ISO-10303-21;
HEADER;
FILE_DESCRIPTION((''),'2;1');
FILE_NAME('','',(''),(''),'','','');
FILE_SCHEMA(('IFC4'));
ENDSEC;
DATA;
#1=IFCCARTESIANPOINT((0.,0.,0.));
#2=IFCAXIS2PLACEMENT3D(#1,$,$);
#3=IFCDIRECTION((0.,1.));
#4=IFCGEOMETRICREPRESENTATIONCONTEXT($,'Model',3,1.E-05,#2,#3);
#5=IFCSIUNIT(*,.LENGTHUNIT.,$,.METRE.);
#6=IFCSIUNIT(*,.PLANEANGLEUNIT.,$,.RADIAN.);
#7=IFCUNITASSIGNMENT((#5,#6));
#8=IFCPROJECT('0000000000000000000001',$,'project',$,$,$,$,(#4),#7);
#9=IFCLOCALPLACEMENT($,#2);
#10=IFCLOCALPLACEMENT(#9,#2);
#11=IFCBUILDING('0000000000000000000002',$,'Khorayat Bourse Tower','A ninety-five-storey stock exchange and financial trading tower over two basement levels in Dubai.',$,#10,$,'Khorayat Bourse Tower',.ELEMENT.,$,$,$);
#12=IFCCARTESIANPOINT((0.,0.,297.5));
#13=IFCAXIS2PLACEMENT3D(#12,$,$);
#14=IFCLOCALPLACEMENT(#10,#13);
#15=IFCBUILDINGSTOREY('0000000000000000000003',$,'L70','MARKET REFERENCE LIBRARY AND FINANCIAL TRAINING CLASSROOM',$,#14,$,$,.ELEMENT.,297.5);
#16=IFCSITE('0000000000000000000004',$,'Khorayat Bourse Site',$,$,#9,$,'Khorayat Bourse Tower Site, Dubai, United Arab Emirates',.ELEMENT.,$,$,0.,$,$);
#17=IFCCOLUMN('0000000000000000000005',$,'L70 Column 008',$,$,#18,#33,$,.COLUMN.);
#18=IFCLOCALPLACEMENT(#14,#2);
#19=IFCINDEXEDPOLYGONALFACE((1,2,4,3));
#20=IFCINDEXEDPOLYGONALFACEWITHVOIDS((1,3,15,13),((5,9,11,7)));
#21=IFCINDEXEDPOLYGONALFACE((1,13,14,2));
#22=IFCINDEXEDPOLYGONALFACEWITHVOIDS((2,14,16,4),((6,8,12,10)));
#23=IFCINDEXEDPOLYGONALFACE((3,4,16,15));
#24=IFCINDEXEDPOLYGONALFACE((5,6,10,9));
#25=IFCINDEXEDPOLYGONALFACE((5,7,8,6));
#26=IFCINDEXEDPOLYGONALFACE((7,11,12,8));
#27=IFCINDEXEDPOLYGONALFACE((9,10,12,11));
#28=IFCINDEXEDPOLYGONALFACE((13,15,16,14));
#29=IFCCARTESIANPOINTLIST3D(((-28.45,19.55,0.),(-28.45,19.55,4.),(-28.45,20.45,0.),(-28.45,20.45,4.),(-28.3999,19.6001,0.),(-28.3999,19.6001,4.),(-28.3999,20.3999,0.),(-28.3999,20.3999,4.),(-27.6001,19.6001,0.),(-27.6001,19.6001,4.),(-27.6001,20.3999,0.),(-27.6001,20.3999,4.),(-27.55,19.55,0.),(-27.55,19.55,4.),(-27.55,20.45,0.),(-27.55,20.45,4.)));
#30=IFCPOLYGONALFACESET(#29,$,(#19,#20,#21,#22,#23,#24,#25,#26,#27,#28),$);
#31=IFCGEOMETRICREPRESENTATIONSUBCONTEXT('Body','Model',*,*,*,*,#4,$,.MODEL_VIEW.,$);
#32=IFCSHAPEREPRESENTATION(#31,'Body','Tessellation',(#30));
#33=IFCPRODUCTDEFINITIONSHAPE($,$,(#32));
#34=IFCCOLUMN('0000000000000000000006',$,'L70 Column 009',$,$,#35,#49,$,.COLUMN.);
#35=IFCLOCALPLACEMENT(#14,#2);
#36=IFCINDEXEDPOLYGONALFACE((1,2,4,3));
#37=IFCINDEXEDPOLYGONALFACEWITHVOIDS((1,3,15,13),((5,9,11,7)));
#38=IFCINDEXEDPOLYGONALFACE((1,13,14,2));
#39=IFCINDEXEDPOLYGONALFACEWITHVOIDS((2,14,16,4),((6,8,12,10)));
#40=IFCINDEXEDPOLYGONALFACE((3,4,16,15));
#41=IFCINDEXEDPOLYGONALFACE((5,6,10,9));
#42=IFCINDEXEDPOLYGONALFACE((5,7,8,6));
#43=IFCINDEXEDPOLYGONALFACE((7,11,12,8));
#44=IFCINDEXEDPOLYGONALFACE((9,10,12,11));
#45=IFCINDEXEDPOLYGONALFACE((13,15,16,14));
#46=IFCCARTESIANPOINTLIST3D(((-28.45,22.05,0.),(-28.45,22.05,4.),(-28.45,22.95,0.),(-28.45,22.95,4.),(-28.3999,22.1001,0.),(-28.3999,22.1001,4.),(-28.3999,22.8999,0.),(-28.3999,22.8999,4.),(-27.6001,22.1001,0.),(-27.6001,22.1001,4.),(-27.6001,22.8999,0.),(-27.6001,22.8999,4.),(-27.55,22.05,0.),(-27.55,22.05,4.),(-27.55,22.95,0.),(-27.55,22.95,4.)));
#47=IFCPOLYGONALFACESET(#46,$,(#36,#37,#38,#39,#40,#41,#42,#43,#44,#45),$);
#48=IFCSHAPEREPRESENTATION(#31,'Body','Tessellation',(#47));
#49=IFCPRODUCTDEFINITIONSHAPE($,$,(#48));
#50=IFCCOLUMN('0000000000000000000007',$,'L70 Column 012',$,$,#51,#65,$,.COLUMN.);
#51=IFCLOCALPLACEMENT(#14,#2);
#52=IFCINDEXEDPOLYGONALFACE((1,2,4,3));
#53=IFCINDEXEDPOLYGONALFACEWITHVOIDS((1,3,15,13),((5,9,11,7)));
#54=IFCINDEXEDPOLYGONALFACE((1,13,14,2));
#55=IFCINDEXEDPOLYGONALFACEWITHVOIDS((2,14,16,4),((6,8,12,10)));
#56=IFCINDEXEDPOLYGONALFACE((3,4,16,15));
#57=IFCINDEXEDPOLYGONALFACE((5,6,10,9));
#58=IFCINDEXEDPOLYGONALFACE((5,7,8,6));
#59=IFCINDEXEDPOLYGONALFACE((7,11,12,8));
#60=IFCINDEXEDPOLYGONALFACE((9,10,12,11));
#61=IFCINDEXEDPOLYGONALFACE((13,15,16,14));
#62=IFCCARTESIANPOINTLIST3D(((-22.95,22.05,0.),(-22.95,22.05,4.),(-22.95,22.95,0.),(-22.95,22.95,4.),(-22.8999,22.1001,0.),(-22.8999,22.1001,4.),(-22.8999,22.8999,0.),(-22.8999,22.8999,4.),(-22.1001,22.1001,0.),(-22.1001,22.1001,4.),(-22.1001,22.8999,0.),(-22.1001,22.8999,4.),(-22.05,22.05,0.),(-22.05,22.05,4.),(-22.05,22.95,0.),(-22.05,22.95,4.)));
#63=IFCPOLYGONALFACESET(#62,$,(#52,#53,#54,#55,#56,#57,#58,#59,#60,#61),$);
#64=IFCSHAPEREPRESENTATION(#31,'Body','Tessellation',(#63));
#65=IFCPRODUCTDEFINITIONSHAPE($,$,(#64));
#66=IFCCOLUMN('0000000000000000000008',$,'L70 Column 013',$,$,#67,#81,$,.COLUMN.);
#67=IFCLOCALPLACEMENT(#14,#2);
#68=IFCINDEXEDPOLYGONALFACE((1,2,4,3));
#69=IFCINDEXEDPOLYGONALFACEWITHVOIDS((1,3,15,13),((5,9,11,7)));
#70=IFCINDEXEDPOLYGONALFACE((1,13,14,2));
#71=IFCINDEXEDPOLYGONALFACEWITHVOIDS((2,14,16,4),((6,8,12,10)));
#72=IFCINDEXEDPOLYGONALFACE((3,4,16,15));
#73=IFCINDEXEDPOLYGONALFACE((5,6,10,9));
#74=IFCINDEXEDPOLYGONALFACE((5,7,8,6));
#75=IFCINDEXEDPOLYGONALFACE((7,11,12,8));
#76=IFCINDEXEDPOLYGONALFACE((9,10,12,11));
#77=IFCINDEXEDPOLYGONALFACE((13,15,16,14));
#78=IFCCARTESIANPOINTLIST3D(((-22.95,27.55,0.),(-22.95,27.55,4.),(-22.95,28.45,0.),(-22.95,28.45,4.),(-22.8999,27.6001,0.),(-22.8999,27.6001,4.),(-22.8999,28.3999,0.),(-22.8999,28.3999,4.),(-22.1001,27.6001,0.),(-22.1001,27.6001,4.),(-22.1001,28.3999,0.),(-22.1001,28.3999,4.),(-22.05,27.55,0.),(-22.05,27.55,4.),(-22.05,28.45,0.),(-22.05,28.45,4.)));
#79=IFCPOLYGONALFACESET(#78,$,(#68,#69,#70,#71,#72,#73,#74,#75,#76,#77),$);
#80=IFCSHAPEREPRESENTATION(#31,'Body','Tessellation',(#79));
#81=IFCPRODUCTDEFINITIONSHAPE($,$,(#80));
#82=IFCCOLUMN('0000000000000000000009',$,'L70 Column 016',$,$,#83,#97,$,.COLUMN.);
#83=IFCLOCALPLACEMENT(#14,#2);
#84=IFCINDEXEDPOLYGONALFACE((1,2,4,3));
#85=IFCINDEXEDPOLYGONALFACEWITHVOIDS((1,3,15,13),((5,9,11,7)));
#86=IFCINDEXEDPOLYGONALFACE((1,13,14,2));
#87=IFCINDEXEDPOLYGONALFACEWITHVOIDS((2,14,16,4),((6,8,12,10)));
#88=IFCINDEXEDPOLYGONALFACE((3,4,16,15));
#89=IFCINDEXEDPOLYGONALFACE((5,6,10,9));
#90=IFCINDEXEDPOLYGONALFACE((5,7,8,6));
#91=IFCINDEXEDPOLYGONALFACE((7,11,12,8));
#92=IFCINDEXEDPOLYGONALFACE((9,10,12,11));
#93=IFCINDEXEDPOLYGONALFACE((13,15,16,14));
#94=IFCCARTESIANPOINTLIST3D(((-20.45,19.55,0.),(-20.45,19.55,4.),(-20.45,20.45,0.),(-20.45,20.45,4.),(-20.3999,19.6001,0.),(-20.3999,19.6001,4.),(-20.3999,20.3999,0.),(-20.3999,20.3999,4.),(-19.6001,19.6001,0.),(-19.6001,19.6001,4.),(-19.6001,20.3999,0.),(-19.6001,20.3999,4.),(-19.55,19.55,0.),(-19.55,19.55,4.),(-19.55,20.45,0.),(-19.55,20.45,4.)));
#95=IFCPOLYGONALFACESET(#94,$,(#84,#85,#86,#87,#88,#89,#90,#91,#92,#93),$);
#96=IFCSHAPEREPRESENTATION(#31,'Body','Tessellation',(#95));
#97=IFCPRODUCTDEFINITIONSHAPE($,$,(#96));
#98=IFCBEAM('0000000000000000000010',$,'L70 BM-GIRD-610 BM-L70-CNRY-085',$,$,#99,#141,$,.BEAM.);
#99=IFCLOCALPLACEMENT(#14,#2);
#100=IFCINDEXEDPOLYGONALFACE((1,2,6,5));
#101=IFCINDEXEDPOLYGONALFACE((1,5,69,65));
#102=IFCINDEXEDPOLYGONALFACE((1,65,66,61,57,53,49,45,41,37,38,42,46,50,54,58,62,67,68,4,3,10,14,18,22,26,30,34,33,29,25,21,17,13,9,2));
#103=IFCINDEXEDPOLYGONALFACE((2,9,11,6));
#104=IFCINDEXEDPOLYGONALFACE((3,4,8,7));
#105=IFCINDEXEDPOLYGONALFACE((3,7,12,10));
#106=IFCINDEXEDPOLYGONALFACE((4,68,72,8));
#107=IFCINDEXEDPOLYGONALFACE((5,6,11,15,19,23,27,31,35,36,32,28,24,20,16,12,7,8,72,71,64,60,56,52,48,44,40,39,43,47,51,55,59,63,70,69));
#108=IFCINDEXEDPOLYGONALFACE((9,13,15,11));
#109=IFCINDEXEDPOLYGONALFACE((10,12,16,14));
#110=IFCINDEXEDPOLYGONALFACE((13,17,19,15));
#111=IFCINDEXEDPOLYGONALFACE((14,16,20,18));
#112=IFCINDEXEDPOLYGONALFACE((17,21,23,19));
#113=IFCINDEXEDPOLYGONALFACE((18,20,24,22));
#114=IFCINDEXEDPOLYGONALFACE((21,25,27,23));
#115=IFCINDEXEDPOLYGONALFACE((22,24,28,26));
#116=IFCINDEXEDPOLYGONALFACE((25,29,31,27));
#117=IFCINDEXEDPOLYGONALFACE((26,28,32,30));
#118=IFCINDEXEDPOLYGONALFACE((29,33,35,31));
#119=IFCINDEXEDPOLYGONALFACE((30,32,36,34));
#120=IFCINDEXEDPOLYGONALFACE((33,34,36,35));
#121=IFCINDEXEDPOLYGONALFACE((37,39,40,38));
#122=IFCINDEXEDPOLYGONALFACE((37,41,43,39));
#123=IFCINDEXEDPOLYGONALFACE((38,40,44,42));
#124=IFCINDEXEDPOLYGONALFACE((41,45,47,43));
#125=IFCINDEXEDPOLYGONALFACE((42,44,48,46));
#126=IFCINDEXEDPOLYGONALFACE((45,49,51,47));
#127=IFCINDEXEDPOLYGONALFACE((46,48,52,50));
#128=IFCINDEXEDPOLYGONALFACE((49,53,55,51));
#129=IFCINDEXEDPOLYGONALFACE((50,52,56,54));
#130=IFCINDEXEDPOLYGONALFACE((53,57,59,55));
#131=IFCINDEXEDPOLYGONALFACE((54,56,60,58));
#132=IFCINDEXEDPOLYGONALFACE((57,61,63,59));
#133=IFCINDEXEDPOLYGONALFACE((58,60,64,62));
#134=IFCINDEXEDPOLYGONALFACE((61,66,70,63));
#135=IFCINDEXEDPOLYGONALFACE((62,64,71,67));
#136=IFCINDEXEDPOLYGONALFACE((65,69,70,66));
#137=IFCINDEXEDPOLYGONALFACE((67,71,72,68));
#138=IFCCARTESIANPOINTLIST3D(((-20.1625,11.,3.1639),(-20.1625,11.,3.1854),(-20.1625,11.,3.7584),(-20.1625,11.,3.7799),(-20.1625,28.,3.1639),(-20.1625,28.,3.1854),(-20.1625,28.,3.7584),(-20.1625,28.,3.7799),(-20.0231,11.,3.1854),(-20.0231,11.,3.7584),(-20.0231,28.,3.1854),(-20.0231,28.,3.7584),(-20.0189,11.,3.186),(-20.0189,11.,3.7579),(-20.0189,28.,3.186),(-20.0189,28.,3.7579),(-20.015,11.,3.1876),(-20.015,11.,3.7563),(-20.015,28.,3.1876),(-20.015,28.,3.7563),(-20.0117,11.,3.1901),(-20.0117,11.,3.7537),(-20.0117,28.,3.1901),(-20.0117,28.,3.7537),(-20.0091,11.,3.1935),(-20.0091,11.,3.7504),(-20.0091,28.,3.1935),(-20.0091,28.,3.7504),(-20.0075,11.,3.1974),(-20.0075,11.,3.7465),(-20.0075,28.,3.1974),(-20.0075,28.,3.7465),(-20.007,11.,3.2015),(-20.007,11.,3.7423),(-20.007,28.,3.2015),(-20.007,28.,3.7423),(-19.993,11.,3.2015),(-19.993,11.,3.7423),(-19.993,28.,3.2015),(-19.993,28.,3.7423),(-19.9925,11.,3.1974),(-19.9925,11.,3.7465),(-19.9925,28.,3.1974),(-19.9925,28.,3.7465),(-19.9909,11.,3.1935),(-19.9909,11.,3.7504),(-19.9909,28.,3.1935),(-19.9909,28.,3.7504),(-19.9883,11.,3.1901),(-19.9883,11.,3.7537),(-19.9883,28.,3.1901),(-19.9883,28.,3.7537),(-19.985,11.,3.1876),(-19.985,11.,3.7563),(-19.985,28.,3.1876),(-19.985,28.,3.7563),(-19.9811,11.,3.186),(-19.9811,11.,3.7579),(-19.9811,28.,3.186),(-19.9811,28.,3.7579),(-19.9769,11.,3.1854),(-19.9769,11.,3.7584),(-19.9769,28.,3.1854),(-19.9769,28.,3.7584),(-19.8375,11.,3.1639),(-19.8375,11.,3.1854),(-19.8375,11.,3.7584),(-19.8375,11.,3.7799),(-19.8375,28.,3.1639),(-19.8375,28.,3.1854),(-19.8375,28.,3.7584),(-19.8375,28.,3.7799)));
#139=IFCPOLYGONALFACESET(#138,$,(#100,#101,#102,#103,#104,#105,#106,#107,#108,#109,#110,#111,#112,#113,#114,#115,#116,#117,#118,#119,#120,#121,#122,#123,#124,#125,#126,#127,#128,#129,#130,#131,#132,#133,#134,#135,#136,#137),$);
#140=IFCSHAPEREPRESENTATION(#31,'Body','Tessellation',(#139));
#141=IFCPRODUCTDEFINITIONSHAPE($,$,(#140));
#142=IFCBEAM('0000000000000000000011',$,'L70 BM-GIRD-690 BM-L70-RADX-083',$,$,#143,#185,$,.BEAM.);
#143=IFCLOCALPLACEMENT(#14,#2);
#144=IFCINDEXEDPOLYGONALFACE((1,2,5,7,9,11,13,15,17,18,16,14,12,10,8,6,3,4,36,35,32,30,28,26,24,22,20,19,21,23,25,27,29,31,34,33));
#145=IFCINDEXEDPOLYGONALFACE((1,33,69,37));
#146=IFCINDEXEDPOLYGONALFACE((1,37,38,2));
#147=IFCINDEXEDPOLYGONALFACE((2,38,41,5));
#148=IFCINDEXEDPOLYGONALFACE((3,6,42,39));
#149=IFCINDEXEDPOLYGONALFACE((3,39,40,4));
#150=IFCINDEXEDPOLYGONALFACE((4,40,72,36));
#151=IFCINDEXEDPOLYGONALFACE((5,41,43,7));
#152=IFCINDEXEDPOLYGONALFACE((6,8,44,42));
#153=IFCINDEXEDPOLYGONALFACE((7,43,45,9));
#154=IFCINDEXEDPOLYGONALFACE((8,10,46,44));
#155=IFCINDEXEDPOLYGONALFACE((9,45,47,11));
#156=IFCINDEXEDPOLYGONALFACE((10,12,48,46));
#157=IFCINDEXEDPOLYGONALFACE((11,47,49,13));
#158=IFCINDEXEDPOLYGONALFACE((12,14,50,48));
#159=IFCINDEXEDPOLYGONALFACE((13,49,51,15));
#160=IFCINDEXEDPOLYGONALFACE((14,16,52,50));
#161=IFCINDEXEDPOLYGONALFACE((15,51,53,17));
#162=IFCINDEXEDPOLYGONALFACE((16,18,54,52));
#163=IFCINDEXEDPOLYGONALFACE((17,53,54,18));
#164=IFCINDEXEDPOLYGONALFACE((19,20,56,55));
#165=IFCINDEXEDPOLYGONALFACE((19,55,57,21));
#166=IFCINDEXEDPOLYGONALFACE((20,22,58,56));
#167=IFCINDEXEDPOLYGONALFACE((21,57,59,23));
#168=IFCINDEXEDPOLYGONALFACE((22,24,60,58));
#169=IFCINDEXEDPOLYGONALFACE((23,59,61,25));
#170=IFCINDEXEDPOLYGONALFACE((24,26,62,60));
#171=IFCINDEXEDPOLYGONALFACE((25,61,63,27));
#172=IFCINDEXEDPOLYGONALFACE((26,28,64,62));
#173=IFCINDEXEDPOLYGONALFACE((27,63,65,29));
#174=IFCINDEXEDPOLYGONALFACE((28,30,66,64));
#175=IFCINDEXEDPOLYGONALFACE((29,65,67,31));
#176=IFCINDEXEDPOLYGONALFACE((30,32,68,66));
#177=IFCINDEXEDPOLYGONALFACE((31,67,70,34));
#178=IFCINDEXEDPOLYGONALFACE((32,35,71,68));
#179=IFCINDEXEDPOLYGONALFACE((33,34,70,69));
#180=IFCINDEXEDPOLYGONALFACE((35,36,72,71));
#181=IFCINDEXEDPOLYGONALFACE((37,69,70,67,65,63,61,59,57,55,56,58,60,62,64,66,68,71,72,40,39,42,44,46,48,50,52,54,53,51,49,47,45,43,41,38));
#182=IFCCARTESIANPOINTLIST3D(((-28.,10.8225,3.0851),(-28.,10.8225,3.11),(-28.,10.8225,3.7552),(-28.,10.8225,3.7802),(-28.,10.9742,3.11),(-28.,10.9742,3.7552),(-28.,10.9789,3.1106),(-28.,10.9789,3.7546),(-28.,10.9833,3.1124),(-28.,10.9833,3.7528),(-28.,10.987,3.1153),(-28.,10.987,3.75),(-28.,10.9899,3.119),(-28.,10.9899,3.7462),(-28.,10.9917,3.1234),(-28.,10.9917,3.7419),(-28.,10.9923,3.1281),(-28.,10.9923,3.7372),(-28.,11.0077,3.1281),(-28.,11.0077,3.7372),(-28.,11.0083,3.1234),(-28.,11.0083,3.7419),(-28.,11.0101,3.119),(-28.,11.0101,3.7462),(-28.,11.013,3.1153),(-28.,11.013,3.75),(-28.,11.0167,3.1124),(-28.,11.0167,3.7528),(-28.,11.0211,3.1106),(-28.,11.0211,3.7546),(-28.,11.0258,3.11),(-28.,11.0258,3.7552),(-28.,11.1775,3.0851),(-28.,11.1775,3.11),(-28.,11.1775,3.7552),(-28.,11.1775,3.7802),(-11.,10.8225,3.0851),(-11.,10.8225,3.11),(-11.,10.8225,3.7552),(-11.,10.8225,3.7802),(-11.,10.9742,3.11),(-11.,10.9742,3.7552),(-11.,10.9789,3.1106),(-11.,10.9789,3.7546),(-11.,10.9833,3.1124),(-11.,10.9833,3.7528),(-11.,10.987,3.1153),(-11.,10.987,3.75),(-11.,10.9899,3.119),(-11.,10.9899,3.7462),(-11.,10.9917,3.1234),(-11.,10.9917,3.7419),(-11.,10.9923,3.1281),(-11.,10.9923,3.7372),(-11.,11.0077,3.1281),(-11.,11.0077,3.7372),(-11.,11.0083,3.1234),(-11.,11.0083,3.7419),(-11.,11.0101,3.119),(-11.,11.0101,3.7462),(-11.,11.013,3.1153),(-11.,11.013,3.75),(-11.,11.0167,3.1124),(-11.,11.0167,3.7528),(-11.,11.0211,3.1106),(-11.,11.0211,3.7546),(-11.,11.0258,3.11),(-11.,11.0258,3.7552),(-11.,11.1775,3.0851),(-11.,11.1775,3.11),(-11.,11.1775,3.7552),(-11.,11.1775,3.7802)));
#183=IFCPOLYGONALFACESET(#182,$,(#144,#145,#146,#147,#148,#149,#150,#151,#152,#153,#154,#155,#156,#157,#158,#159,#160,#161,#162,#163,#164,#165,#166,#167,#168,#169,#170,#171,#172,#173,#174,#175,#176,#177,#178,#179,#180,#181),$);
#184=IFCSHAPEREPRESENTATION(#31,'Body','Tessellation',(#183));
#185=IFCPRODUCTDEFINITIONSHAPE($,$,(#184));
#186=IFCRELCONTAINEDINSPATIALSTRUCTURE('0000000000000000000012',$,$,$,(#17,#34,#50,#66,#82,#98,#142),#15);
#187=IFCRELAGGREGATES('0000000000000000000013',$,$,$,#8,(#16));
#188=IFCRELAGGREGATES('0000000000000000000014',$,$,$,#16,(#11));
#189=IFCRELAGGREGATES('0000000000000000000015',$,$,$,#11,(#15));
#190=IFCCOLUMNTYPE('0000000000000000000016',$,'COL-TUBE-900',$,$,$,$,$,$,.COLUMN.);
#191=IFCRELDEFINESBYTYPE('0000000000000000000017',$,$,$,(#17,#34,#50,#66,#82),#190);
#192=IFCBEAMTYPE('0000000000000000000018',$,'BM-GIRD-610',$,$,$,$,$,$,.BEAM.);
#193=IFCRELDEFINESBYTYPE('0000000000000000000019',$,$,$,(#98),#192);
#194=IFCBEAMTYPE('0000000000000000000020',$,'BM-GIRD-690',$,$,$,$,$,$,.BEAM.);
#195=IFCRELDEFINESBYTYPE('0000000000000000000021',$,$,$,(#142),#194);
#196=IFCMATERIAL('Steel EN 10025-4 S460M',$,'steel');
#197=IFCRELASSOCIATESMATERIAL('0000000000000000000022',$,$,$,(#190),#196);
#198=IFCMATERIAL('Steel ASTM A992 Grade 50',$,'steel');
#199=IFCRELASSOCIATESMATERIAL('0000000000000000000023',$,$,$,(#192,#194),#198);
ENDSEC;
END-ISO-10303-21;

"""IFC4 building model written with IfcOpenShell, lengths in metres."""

from ifc_helpers import new_model, si_unit, direction, frame, origin, origin_2d, place, context, subcontext, project, spatial, hollow_rectangle, i_section, extrude, source, transform, mapped, material, material_profile, profile_set, type_object, element, save


model = new_model("IFC4")

# Units and contexts
model_context = context("Model", 3, precision=1e-05, world=origin(), true_north=direction((0.0, 1.0)))
body_context = subcontext(model_context, "Body", "Model", "MODEL_VIEW")
ifc_project = project(units=[si_unit("LENGTHUNIT", "METRE"), si_unit("PLANEANGLEUNIT", "RADIAN")], contexts=[model_context])

# Site, building, storey
site_placement = place(None, origin())
site = spatial("IfcSite", under=ifc_project, at=site_placement, Name="Khorayat Bourse Site", LongName="Khorayat Bourse Tower Site, Dubai, United Arab Emirates", CompositionType="ELEMENT", RefElevation=0.0)
building_placement = place(site_placement, origin())
building = spatial("IfcBuilding", under=site, at=building_placement, Name="Khorayat Bourse Tower", Description="A ninety-five-storey stock exchange and financial trading tower over two basement levels in Dubai.", LongName="Khorayat Bourse Tower", CompositionType="ELEMENT")
storey_placement = place(building_placement, frame((0.0, 0.0, 297.5)))
storey = spatial("IfcBuildingStorey", under=building, at=storey_placement, Name="L70", Description="MARKET REFERENCE LIBRARY AND FINANCIAL TRAINING CLASSROOM", CompositionType="ELEMENT", Elevation=297.5)

# Columns
ifc_material_1 = material(Name="Steel EN 10025-4 S460M", Category="steel")
ifc_material_profile_1 = material_profile(ifc_material_1, hollow_rectangle(XDim=0.8999, YDim=0.8999, WallThickness=0.05, at=origin_2d()), Name="BOX 900x900x50")
ifc_profile_set_1 = profile_set([ifc_material_profile_1], Name="Steel EN 10025-4 S460M")
column_type = type_object("IfcColumnType", Name="COL-TUBE-900", PredefinedType="COLUMN", material=ifc_profile_set_1)
shared_shape_1 = source(origin(), body_context, "Body", "SweptSolid", [
    extrude(hollow_rectangle(XDim=0.8999, YDim=0.8999, WallThickness=0.05, at=origin_2d()), origin(), (0.0, 0.0, 1.0), 4.0),
])
for number, where, z_axis, x_axis, name in (
    (1, (-28.0, 20.0, 0.0), (0.0, 0.0, 1.0), (1.0, 0.0, 0.0), "L70 Column 008"),
    (2, (-28.0, 22.5, 0.0), (0.0, 0.0, 1.0), (1.0, 0.0, 0.0), "L70 Column 009"),
    (3, (-22.5, 22.5, 0.0), (0.0, 0.0, 1.0), (1.0, 0.0, 0.0), "L70 Column 012"),
    (4, (-22.5, 28.0, 0.0), (0.0, 0.0, 1.0), (1.0, 0.0, 0.0), "L70 Column 013"),
    (5, (-20.0, 20.0, 0.0), (0.0, 0.0, 1.0), (1.0, 0.0, 0.0), "L70 Column 016"),
):
    element("IfcColumn", number, at=place(storey_placement, frame(where, z_axis=z_axis, x_axis=x_axis)), inside=storey, type_object=column_type, Name=name, PredefinedType="COLUMN", context=body_context, shape_type="MappedRepresentation", body=[
        mapped(shared_shape_1, transform((0.0, 0.0, 0.0), scale=1.0)),
    ])

# Beams
ifc_material_2 = material(Name="Steel ASTM A992 Grade 50", Category="steel")
ifc_material_profile_2 = material_profile(ifc_material_2, i_section(OverallWidth=0.325, OverallDepth=0.616, WebThickness=0.0139, FlangeThickness=0.0215, FilletRadius=0.0161, at=origin_2d()), Name="W610X174")
ifc_profile_set_2 = profile_set([ifc_material_profile_2], Name="Steel ASTM A992 Grade 50")
beam_type_1 = type_object("IfcBeamType", Name="BM-GIRD-610", PredefinedType="BEAM", material=ifc_profile_set_2)
shared_shape_2 = source(origin(), body_context, "Body", "SweptSolid", [
    extrude(i_section(OverallWidth=0.325, OverallDepth=0.616, WebThickness=0.0139, FlangeThickness=0.0215, FilletRadius=0.0161, at=origin_2d()), origin(), (0.0, 0.0, 1.0), 17.0),
])
beam_1_placement = place(storey_placement, frame((-20.0, 11.0, 3.4719), z_axis=(0.0, 1.0, 0.0), x_axis=(-1.0, 0.0, 0.0)))
element("IfcBeam", 6, at=beam_1_placement, inside=storey, type_object=beam_type_1, Name="L70 BM-GIRD-610 BM-L70-CNRY-085", PredefinedType="BEAM", context=body_context, shape_type="MappedRepresentation", body=[
    mapped(shared_shape_2, transform((0.0, 0.0, 0.0), scale=1.0)),
])
ifc_material_profile_3 = material_profile(ifc_material_2, i_section(OverallWidth=0.355, OverallDepth=0.6951, WebThickness=0.0154, FlangeThickness=0.0249, FilletRadius=0.0181, at=origin_2d()), Name="W690X217")
ifc_profile_set_3 = profile_set([ifc_material_profile_3], Name="Steel ASTM A992 Grade 50")
beam_type_2 = type_object("IfcBeamType", Name="BM-GIRD-690", PredefinedType="BEAM", material=ifc_profile_set_3)
shared_shape_3 = source(origin(), body_context, "Body", "SweptSolid", [
    extrude(i_section(OverallWidth=0.355, OverallDepth=0.6951, WebThickness=0.0154, FlangeThickness=0.0249, FilletRadius=0.0181, at=origin_2d()), origin(), (0.0, 0.0, 1.0), 17.0),
])
beam_2_placement = place(storey_placement, frame((-28.0, 11.0, 3.4326), z_axis=(1.0, 0.0, 0.0), x_axis=(0.0, 1.0, 0.0)))
element("IfcBeam", 7, at=beam_2_placement, inside=storey, type_object=beam_type_2, Name="L70 BM-GIRD-690 BM-L70-RADX-083", PredefinedType="BEAM", context=body_context, shape_type="MappedRepresentation", body=[
    mapped(shared_shape_3, transform((0.0, 0.0, 0.0), scale=1.0)),
])

save(model, "model.ifc")
